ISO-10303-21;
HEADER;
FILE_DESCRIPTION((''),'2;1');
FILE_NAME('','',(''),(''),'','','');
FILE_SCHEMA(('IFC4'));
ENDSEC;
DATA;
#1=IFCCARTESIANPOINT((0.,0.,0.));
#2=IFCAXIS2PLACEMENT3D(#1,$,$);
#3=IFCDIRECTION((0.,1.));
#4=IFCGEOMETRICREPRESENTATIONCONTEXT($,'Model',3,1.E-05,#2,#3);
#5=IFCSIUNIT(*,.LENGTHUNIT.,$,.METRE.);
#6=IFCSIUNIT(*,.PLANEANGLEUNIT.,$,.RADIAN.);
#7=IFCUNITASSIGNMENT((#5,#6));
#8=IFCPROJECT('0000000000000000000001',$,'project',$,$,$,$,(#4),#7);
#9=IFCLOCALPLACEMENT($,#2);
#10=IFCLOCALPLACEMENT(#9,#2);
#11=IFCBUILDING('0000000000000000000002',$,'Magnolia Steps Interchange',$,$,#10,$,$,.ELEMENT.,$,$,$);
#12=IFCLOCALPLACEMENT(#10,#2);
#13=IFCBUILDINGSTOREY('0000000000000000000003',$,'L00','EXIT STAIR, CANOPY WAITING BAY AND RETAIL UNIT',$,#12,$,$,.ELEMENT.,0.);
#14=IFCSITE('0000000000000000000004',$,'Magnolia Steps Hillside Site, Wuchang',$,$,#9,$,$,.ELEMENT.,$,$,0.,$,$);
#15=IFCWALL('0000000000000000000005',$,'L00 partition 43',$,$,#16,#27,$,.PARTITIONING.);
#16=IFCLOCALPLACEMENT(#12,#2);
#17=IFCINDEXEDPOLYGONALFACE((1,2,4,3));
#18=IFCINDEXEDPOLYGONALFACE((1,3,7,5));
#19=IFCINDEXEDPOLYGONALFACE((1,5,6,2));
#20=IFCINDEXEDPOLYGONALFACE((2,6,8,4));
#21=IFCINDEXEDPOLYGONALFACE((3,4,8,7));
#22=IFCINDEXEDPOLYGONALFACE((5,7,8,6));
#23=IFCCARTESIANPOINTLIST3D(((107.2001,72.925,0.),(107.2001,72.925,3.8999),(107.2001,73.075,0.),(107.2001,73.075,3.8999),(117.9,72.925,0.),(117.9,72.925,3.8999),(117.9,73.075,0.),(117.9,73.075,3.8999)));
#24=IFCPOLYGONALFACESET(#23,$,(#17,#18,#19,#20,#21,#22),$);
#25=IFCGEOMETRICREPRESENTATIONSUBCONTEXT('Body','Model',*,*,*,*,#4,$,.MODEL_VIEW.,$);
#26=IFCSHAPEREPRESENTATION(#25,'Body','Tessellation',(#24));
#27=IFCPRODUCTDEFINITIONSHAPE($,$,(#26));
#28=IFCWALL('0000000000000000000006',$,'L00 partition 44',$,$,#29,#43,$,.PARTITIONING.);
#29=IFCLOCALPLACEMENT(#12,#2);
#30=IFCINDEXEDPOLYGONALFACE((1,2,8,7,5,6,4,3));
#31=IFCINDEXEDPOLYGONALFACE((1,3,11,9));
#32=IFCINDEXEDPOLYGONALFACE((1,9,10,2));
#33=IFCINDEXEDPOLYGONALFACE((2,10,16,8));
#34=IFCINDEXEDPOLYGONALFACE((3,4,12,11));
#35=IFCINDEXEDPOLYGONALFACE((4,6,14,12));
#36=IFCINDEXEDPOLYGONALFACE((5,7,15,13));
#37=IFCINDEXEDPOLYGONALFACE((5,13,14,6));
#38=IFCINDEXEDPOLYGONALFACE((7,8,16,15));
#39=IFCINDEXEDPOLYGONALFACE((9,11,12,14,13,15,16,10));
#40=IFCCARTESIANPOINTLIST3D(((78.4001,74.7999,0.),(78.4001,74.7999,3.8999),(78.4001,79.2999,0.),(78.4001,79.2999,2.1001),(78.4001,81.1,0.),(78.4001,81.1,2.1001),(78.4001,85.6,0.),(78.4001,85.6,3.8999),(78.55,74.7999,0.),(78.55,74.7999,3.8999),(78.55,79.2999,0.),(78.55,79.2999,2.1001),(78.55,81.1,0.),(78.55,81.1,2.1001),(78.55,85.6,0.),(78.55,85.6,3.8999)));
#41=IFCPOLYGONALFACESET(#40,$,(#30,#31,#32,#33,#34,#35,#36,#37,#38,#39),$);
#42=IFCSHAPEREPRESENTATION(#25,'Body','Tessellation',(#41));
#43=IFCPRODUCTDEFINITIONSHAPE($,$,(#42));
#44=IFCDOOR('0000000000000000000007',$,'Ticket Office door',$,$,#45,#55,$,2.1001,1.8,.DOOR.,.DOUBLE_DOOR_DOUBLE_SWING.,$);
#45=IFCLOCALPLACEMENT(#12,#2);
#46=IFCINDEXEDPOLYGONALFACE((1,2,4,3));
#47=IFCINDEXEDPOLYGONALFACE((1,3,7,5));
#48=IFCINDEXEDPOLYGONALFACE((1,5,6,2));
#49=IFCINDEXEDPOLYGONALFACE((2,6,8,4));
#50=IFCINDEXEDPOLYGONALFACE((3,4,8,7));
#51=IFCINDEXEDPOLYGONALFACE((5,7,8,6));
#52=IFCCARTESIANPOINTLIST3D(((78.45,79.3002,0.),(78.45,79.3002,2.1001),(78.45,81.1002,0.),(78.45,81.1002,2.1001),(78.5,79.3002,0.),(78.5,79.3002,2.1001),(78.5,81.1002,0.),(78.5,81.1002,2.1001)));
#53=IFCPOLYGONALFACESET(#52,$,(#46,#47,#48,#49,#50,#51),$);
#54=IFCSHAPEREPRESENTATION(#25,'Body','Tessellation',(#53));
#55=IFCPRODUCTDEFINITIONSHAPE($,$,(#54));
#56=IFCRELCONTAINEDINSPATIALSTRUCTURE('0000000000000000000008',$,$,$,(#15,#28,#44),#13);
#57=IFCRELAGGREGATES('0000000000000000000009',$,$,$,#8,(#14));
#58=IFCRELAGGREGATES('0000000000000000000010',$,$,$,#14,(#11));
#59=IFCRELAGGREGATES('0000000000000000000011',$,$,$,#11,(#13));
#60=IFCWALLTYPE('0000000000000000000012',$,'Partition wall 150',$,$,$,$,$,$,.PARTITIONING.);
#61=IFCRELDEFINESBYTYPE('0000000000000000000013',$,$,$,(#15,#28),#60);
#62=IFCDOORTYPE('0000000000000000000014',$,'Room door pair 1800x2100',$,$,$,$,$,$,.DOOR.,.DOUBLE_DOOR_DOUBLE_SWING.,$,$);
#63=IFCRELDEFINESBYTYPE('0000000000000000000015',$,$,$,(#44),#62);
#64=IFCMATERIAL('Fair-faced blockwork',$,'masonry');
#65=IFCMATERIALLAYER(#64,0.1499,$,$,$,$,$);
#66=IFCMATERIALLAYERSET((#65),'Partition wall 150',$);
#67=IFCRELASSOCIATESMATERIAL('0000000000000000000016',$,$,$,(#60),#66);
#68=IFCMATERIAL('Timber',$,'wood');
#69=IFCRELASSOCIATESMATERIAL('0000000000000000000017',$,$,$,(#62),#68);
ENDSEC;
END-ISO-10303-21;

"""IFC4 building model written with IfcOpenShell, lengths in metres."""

from ifc_helpers import new_model, si_unit, direction, frame, frame_2d, origin, place, context, subcontext, project, spatial, rectangle, extrude, material, layer, layer_set, type_object, element, fill, save


model = new_model("IFC4")

# Units and contexts
model_context = context("Model", 3, precision=1e-05, world=origin(), true_north=direction((0.0, 1.0)))
body_context = subcontext(model_context, "Body", "Model", "MODEL_VIEW")
ifc_project = project(units=[si_unit("LENGTHUNIT", "METRE"), si_unit("PLANEANGLEUNIT", "RADIAN")], contexts=[model_context])

# Site, building, storey
site_placement = place(None, origin())
site = spatial("IfcSite", under=ifc_project, at=site_placement, Name="Magnolia Steps Hillside Site, Wuchang", CompositionType="ELEMENT", RefElevation=0.0)
building_placement = place(site_placement, origin())
building = spatial("IfcBuilding", under=site, at=building_placement, Name="Magnolia Steps Interchange", CompositionType="ELEMENT")
storey_placement = place(building_placement, origin())
storey = spatial("IfcBuildingStorey", under=building, at=storey_placement, Name="L00", Description="EXIT STAIR, CANOPY WAITING BAY AND RETAIL UNIT", CompositionType="ELEMENT", Elevation=0.0)

# Shared definitions
ifc_material_1 = material(Name="Fair-faced blockwork", Category="masonry")
ifc_layer_1 = layer(ifc_material_1, 0.1499)
ifc_layer_set_1 = layer_set([ifc_layer_1], Name="Partition wall 150")
wall_type_1 = type_object("IfcWallType", Name="Partition wall 150", PredefinedType="PARTITIONING", material=ifc_layer_set_1)
ifc_material_2 = material(Name="Timber", Category="wood")
door_type_1 = type_object("IfcDoorType", Name="Room door pair 1800x2100", OperationType="DOUBLE_DOOR_DOUBLE_SWING", PredefinedType="DOOR", material=ifc_material_2)

# Wall
wall_1_placement = place(storey_placement, frame((107.2, 73.0, 0.0), z_axis=(0.0, 0.0, 1.0), x_axis=(1.0, 0.0, 0.0)))
element("IfcWall", 1, at=wall_1_placement, inside=storey, type_object=wall_type_1, Name="L00 partition 43", PredefinedType="PARTITIONING", context=body_context, shape_type="SweptSolid", body=[
    extrude(rectangle(XDim=10.7, YDim=0.1499, at=frame_2d((5.3501, 0.0))), origin(), (0.0, 0.0, 1.0), 3.8999),
])

# Wall, opening, door
wall_2_placement = place(storey_placement, frame((78.4751, 74.8, 0.0), z_axis=(0.0, 0.0, 1.0), x_axis=(0.0, 1.0, 0.0)))
wall_2 = element("IfcWall", 2, at=wall_2_placement, inside=storey, type_object=wall_type_1, Name="L00 partition 44", PredefinedType="PARTITIONING", context=body_context, shape_type="SweptSolid", body=[
    extrude(rectangle(XDim=10.8, YDim=0.1499, at=frame_2d((5.3999, 0.0))), origin(), (0.0, 0.0, 1.0), 3.8999),
])
opening_1_placement = place(wall_2_placement, frame((4.5, 0.0, 0.0)))
opening_1 = element("IfcOpeningElement", 3, at=opening_1_placement, cuts=wall_2, PredefinedType="OPENING", context=body_context, shape_type="SweptSolid", body=[
    extrude(rectangle(XDim=1.8, YDim=2.1001, at=frame_2d((0.8999, 1.05))), frame((0.0, 0.085, 0.0), z_axis=(0.0, -1.0, 0.0), x_axis=(1.0, 0.0, 0.0)), (0.0, 0.0, 1.0), 0.1699),
])
door_1_placement = place(opening_1_placement, frame((1.8, 0.0, 0.0), z_axis=(0.0, 0.0, 1.0), x_axis=(-1.0, 0.0, 0.0)))
door_1 = element("IfcDoor", 4, at=door_1_placement, inside=storey, type_object=door_type_1, Name="Ticket Office door", OperationType="DOUBLE_DOOR_DOUBLE_SWING", OverallHeight=2.1001, OverallWidth=1.8, PredefinedType="DOOR", context=body_context, shape_type="SweptSolid", body=[
    extrude(rectangle(XDim=1.8, YDim=2.1001, at=frame_2d((0.8999, 1.05))), frame((0.0, 0.0249, 0.0), z_axis=(0.0, -1.0, 0.0), x_axis=(1.0, 0.0, 0.0)), (0.0, 0.0, 1.0), 0.05),
])
fill(opening_1, door_1)

save(model, "model.ifc")
